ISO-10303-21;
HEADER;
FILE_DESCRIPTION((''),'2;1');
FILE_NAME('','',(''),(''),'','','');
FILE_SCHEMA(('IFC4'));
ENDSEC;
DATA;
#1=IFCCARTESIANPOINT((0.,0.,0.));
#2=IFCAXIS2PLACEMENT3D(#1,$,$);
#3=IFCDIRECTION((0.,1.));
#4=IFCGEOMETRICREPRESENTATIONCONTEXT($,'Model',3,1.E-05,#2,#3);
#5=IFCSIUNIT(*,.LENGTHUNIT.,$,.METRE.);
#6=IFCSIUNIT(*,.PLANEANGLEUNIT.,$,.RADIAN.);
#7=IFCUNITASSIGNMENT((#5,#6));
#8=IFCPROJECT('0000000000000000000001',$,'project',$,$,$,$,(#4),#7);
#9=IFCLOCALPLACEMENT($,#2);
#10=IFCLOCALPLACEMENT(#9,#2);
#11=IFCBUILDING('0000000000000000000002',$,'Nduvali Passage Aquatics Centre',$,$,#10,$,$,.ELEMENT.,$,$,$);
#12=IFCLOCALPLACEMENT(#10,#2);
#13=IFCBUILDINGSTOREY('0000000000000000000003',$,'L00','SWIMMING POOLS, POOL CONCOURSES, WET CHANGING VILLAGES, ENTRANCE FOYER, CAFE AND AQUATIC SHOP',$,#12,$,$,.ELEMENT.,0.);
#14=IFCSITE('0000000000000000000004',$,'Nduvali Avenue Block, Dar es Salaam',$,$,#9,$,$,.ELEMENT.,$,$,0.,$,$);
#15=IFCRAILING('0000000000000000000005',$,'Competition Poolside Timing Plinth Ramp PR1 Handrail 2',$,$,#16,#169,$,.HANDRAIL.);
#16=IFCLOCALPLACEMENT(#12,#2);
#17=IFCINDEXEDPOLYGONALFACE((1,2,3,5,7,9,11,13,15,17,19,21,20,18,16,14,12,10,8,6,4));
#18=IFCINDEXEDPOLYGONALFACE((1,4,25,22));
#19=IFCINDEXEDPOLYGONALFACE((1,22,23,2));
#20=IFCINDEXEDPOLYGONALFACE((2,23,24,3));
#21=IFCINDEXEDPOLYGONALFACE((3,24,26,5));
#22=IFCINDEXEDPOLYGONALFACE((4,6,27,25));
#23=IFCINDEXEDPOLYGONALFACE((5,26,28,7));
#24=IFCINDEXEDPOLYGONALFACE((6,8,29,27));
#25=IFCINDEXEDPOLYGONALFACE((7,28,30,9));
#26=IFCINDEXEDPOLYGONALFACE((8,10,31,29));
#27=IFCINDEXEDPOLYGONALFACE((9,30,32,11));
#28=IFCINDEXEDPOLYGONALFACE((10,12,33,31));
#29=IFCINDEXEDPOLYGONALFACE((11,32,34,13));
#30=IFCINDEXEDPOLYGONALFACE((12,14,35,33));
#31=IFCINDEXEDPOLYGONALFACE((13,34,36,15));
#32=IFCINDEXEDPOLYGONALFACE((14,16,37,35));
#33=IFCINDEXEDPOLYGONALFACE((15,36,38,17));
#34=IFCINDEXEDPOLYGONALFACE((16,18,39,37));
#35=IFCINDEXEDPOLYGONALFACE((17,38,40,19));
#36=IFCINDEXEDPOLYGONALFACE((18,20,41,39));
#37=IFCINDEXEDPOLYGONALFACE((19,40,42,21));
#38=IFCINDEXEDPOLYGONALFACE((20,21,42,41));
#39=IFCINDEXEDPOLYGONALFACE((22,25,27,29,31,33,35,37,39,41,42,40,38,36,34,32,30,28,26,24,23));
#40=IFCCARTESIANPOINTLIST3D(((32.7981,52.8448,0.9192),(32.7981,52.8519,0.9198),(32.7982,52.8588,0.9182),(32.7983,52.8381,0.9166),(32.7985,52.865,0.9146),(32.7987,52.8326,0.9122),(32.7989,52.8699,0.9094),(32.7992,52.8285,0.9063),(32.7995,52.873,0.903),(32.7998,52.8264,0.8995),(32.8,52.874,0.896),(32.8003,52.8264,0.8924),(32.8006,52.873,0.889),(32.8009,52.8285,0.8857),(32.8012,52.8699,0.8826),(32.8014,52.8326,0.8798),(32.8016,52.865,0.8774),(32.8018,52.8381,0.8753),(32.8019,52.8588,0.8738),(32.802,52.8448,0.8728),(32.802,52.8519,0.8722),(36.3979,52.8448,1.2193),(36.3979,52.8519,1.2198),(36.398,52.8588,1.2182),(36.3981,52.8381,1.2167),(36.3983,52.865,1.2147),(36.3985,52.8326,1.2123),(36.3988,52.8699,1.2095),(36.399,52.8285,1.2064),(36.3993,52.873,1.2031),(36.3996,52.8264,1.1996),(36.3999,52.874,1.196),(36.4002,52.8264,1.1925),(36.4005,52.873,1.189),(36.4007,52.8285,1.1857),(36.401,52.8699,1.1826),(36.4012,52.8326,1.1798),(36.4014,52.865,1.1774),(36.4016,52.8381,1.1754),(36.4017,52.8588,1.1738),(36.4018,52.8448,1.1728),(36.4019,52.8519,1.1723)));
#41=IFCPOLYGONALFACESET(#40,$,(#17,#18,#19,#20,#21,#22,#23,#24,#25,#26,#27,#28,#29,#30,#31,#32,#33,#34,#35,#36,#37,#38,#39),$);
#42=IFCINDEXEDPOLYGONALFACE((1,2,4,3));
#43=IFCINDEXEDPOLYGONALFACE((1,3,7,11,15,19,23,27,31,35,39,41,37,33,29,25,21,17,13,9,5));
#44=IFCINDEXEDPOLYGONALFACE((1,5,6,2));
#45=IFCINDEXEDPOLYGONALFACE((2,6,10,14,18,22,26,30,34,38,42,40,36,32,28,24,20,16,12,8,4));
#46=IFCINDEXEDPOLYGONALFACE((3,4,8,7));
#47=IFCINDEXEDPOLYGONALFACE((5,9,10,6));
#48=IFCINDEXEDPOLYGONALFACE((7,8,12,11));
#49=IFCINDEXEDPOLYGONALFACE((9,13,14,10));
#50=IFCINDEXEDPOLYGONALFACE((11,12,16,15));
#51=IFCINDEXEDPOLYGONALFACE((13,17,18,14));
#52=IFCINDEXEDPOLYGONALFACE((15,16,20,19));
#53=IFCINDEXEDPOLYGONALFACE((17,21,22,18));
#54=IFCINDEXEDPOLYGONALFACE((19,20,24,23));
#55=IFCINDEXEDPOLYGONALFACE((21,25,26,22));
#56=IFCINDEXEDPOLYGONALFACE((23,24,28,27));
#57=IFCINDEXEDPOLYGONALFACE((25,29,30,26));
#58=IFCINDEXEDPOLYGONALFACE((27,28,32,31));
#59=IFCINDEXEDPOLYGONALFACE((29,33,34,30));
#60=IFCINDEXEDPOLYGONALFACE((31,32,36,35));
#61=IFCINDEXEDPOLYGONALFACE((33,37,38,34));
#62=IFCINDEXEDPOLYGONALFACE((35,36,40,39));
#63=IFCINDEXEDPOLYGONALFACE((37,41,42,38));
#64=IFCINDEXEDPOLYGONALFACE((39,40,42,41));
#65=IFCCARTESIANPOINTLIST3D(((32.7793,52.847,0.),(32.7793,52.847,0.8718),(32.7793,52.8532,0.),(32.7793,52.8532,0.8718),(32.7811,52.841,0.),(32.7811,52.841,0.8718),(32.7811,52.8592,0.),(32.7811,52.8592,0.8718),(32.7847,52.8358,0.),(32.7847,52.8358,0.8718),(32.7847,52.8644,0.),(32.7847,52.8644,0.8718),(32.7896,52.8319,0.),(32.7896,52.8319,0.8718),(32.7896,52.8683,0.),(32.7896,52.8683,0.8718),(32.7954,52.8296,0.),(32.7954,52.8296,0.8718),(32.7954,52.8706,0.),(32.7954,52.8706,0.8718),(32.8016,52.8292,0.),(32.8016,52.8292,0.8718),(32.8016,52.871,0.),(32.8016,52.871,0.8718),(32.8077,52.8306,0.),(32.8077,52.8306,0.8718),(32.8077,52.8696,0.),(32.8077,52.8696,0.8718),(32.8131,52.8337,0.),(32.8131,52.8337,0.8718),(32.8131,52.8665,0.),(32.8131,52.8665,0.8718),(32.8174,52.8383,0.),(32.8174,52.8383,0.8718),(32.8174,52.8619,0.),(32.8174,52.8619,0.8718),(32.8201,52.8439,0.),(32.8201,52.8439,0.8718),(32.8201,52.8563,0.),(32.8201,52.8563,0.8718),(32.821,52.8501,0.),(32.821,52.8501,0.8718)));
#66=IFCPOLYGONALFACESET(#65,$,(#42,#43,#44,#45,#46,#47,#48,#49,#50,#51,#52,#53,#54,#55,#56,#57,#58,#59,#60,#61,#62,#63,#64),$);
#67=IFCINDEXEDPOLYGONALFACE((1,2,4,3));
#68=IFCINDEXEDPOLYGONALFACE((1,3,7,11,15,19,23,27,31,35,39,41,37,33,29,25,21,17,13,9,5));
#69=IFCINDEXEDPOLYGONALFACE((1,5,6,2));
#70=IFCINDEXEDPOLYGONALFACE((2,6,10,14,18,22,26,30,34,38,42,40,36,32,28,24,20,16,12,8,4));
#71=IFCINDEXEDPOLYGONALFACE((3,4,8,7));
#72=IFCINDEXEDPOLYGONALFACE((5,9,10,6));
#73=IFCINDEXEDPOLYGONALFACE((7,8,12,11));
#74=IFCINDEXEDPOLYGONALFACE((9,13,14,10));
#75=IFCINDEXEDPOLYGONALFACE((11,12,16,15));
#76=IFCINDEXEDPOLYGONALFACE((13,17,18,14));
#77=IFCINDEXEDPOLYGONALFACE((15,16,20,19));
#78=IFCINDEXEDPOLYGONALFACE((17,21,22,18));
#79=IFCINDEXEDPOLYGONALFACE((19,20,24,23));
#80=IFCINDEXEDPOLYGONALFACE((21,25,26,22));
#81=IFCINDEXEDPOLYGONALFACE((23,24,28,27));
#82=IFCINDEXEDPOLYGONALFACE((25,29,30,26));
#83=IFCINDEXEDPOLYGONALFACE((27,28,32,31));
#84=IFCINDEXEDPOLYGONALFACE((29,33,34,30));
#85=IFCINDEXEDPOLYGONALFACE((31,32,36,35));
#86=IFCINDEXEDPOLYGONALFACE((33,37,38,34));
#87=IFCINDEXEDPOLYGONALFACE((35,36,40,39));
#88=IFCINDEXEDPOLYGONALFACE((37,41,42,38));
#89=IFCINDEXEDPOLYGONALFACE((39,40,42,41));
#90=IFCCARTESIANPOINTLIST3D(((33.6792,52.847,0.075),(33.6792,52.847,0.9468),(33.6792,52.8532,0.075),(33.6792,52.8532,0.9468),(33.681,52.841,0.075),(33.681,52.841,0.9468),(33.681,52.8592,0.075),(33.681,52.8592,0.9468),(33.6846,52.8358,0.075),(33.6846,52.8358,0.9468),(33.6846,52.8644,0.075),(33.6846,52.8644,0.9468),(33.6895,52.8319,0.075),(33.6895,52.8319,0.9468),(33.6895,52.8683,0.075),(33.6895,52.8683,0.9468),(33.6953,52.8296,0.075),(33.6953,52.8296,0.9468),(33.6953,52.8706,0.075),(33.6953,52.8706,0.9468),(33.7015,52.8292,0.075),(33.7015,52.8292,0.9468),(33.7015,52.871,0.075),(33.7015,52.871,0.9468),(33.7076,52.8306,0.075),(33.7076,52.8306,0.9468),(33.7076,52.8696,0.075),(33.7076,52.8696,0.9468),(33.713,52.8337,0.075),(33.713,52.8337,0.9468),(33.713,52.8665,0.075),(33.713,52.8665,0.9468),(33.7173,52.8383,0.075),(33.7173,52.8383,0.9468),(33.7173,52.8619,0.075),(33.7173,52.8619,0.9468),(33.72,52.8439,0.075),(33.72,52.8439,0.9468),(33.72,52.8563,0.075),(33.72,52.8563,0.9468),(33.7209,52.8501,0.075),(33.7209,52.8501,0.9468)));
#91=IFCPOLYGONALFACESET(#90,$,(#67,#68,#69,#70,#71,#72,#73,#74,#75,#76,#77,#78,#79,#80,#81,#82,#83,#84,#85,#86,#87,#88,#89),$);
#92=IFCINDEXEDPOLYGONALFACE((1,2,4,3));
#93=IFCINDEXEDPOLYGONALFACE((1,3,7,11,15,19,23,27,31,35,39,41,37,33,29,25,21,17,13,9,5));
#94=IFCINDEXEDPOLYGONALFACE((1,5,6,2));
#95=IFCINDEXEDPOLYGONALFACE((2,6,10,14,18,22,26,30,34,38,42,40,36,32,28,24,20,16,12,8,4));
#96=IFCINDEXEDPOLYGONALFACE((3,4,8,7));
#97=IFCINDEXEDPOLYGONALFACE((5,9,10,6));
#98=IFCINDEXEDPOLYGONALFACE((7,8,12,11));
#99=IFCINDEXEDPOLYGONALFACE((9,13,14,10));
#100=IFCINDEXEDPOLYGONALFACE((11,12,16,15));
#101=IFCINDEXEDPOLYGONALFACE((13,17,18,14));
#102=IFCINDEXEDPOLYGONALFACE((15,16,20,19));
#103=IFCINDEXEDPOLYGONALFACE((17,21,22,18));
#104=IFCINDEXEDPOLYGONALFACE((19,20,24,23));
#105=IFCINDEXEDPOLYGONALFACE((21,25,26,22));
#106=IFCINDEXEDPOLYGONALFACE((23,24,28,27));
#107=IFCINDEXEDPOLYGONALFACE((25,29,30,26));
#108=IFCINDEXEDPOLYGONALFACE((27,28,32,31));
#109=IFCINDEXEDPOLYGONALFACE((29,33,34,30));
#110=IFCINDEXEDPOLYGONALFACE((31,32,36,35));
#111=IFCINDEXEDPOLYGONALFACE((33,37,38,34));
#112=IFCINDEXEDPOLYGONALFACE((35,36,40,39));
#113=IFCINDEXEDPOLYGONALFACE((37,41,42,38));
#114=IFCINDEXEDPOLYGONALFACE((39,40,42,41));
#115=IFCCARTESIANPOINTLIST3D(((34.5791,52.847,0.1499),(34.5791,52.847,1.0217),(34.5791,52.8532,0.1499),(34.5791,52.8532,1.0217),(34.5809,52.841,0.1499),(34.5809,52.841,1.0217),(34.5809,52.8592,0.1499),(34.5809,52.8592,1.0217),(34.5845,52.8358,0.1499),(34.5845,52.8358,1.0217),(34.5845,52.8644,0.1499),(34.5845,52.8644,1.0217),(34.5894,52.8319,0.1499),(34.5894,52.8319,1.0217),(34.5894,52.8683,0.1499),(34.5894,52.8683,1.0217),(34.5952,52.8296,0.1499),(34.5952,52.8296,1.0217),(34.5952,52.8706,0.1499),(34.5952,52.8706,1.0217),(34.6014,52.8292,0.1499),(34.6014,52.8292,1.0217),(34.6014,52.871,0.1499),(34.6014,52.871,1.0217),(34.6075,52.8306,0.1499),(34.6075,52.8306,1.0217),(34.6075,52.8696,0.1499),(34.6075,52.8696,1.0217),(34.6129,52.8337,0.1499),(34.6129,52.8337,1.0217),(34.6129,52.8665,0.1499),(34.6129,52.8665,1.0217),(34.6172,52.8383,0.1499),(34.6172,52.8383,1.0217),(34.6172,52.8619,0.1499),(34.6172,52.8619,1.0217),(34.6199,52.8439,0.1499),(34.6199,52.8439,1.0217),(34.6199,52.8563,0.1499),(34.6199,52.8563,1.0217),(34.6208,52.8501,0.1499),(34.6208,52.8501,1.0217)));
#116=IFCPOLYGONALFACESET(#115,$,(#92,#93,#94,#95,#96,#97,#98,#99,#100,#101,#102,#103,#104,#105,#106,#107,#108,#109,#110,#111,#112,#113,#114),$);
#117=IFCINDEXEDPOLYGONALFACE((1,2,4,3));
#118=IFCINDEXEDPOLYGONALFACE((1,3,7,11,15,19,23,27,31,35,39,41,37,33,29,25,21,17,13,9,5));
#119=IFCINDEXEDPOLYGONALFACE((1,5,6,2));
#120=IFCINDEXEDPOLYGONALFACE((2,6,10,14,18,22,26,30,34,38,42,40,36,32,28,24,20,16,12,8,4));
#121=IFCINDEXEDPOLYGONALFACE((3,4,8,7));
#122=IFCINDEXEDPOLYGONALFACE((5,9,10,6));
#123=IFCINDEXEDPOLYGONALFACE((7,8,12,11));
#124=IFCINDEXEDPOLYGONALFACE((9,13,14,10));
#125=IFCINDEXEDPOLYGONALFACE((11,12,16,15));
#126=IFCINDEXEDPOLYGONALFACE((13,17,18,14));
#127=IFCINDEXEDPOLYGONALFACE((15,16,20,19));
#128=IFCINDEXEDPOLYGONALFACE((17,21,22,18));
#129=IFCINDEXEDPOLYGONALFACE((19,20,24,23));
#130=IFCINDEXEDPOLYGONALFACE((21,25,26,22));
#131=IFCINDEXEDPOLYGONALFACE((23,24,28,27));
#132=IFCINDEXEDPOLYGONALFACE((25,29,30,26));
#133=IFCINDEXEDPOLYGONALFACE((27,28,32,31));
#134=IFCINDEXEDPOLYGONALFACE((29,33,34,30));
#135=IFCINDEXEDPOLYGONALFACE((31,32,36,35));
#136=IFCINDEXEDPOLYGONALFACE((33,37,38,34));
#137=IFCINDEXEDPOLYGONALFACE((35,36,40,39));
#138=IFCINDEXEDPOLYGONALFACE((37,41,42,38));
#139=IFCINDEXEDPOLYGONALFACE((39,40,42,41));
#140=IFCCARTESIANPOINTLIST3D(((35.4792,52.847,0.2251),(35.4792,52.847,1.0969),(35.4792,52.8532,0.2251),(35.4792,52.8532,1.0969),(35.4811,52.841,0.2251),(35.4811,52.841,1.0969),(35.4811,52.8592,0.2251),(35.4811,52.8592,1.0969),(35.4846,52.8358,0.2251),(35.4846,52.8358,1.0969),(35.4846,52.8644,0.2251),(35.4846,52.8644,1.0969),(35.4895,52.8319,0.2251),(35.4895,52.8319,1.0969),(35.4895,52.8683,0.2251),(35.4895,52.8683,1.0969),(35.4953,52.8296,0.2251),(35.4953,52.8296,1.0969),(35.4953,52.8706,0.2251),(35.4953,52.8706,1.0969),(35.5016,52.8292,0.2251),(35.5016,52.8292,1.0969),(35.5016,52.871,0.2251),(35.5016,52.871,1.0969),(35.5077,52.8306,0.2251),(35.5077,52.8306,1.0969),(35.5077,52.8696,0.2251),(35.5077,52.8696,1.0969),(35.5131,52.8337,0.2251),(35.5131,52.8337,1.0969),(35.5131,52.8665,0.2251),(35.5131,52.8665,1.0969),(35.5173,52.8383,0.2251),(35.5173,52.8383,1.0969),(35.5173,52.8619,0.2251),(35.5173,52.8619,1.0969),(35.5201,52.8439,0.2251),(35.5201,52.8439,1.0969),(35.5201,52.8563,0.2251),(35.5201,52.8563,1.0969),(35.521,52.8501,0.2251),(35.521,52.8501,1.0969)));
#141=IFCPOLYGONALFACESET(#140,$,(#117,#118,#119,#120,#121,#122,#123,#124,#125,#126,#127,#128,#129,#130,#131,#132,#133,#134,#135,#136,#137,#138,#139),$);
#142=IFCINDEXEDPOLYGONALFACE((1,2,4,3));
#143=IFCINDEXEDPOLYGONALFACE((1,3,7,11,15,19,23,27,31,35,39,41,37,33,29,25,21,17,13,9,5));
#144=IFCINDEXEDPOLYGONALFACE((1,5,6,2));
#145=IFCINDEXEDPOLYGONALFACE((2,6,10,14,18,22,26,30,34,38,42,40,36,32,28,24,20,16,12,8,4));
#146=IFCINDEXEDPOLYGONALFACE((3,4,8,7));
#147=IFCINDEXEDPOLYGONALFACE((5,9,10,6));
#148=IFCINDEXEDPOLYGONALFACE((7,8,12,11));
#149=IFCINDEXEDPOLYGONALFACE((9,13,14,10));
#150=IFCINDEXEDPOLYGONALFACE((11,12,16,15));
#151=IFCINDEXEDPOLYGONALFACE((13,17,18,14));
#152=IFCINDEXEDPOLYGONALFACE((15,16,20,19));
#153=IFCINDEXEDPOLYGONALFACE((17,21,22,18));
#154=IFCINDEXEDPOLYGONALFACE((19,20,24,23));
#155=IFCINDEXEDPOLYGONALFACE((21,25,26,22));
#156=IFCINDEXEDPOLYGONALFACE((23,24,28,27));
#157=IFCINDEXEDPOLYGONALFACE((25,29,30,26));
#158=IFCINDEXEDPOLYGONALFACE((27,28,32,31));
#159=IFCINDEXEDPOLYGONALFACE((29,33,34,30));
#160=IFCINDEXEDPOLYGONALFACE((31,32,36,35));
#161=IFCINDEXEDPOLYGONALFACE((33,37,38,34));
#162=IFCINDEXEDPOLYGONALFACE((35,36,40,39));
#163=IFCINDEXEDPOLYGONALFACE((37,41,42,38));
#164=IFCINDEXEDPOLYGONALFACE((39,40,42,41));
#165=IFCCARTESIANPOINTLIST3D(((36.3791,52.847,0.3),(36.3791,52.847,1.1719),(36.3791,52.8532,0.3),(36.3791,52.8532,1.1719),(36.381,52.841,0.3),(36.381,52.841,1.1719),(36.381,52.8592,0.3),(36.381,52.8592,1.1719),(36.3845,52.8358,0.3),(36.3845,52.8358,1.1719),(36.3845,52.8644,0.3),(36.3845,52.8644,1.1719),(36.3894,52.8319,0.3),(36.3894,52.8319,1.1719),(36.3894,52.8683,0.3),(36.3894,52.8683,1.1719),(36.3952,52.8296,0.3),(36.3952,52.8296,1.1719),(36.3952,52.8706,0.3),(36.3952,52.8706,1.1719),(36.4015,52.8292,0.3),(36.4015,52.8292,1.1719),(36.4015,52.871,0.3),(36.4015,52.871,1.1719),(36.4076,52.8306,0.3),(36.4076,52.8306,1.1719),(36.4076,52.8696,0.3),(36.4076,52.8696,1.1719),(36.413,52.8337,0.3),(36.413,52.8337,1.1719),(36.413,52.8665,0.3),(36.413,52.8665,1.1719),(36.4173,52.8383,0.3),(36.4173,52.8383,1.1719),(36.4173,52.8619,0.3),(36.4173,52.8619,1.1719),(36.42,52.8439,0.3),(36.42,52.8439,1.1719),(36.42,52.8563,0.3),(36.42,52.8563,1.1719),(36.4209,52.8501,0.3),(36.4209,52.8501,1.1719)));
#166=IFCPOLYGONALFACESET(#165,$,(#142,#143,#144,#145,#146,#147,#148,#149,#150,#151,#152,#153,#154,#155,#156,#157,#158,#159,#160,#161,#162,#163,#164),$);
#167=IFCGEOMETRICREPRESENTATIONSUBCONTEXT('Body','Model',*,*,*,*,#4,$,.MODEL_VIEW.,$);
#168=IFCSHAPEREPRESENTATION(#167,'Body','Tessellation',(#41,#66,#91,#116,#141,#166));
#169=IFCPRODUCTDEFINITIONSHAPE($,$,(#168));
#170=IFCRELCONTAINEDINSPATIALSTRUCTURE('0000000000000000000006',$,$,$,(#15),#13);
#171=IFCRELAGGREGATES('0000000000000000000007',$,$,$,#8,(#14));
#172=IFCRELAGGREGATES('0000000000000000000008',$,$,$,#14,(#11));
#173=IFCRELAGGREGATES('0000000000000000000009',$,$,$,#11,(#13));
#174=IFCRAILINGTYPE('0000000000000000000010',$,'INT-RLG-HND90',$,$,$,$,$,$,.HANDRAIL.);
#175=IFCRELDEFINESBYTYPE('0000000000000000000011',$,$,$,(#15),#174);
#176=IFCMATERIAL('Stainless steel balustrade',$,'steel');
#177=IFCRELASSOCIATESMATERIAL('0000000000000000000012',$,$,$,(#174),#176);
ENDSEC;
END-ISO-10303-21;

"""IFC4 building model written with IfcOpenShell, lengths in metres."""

from ifc_helpers import new_model, si_unit, direction, frame, origin, origin_2d, place, context, subcontext, project, spatial, circle, extrude, material, type_object, element, save


model = new_model("IFC4")

# Units and contexts
model_context = context("Model", 3, precision=1e-05, world=origin(), true_north=direction((0.0, 1.0)))
body_context = subcontext(model_context, "Body", "Model", "MODEL_VIEW")
ifc_project = project(units=[si_unit("LENGTHUNIT", "METRE"), si_unit("PLANEANGLEUNIT", "RADIAN")], contexts=[model_context])

# Site, building, storey
site_placement = place(None, origin())
site = spatial("IfcSite", under=ifc_project, at=site_placement, Name="Nduvali Avenue Block, Dar es Salaam", CompositionType="ELEMENT", RefElevation=0.0)
building_placement = place(site_placement, origin())
building = spatial("IfcBuilding", under=site, at=building_placement, Name="Nduvali Passage Aquatics Centre", CompositionType="ELEMENT")
storey_placement = place(building_placement, origin())
storey = spatial("IfcBuildingStorey", under=building, at=storey_placement, Name="L00", Description="SWIMMING POOLS, POOL CONCOURSES, WET CHANGING VILLAGES, ENTRANCE FOYER, CAFE AND AQUATIC SHOP", CompositionType="ELEMENT", Elevation=0.0)

# Railing
ifc_material_1 = material(Name="Stainless steel balustrade", Category="steel")
railing_type_1 = type_object("IfcRailingType", Name="INT-RLG-HND90", PredefinedType="HANDRAIL", material=ifc_material_1)
for number, where, name in (
    (1, (32.8, 52.8501, 0.0), "Competition Poolside Timing Plinth Ramp PR1 Handrail 2"),
):
    element("IfcRailing", number, at=place(storey_placement, frame(where)), inside=storey, type_object=railing_type_1, Name=name, PredefinedType="HANDRAIL", context=body_context, shape_type="SweptSolid", body=[
        extrude(circle(Radius=0.0239, at=origin_2d()), frame((0.0, 0.0, 0.896), z_axis=(0.996544, 0.0, 0.083062), x_axis=(0.0, 1.0, 0.0)), (0.0, 0.0, 1.0), 3.6123),
        extrude(circle(Radius=0.021, at=origin_2d()), origin(), (0.0, 0.0, 1.0), 0.8718),
        extrude(circle(Radius=0.021, at=origin_2d()), frame((0.8999, 0.0, 0.075)), (0.0, 0.0, 1.0), 0.8718),
        extrude(circle(Radius=0.021, at=origin_2d()), frame((1.7998, 0.0, 0.1499)), (0.0, 0.0, 1.0), 0.8718),
        extrude(circle(Radius=0.021, at=origin_2d()), frame((2.7, 0.0, 0.2251)), (0.0, 0.0, 1.0), 0.8718),
        extrude(circle(Radius=0.021, at=origin_2d()), frame((3.5999, 0.0, 0.3)), (0.0, 0.0, 1.0), 0.8718),
    ])

save(model, "model.ifc")
